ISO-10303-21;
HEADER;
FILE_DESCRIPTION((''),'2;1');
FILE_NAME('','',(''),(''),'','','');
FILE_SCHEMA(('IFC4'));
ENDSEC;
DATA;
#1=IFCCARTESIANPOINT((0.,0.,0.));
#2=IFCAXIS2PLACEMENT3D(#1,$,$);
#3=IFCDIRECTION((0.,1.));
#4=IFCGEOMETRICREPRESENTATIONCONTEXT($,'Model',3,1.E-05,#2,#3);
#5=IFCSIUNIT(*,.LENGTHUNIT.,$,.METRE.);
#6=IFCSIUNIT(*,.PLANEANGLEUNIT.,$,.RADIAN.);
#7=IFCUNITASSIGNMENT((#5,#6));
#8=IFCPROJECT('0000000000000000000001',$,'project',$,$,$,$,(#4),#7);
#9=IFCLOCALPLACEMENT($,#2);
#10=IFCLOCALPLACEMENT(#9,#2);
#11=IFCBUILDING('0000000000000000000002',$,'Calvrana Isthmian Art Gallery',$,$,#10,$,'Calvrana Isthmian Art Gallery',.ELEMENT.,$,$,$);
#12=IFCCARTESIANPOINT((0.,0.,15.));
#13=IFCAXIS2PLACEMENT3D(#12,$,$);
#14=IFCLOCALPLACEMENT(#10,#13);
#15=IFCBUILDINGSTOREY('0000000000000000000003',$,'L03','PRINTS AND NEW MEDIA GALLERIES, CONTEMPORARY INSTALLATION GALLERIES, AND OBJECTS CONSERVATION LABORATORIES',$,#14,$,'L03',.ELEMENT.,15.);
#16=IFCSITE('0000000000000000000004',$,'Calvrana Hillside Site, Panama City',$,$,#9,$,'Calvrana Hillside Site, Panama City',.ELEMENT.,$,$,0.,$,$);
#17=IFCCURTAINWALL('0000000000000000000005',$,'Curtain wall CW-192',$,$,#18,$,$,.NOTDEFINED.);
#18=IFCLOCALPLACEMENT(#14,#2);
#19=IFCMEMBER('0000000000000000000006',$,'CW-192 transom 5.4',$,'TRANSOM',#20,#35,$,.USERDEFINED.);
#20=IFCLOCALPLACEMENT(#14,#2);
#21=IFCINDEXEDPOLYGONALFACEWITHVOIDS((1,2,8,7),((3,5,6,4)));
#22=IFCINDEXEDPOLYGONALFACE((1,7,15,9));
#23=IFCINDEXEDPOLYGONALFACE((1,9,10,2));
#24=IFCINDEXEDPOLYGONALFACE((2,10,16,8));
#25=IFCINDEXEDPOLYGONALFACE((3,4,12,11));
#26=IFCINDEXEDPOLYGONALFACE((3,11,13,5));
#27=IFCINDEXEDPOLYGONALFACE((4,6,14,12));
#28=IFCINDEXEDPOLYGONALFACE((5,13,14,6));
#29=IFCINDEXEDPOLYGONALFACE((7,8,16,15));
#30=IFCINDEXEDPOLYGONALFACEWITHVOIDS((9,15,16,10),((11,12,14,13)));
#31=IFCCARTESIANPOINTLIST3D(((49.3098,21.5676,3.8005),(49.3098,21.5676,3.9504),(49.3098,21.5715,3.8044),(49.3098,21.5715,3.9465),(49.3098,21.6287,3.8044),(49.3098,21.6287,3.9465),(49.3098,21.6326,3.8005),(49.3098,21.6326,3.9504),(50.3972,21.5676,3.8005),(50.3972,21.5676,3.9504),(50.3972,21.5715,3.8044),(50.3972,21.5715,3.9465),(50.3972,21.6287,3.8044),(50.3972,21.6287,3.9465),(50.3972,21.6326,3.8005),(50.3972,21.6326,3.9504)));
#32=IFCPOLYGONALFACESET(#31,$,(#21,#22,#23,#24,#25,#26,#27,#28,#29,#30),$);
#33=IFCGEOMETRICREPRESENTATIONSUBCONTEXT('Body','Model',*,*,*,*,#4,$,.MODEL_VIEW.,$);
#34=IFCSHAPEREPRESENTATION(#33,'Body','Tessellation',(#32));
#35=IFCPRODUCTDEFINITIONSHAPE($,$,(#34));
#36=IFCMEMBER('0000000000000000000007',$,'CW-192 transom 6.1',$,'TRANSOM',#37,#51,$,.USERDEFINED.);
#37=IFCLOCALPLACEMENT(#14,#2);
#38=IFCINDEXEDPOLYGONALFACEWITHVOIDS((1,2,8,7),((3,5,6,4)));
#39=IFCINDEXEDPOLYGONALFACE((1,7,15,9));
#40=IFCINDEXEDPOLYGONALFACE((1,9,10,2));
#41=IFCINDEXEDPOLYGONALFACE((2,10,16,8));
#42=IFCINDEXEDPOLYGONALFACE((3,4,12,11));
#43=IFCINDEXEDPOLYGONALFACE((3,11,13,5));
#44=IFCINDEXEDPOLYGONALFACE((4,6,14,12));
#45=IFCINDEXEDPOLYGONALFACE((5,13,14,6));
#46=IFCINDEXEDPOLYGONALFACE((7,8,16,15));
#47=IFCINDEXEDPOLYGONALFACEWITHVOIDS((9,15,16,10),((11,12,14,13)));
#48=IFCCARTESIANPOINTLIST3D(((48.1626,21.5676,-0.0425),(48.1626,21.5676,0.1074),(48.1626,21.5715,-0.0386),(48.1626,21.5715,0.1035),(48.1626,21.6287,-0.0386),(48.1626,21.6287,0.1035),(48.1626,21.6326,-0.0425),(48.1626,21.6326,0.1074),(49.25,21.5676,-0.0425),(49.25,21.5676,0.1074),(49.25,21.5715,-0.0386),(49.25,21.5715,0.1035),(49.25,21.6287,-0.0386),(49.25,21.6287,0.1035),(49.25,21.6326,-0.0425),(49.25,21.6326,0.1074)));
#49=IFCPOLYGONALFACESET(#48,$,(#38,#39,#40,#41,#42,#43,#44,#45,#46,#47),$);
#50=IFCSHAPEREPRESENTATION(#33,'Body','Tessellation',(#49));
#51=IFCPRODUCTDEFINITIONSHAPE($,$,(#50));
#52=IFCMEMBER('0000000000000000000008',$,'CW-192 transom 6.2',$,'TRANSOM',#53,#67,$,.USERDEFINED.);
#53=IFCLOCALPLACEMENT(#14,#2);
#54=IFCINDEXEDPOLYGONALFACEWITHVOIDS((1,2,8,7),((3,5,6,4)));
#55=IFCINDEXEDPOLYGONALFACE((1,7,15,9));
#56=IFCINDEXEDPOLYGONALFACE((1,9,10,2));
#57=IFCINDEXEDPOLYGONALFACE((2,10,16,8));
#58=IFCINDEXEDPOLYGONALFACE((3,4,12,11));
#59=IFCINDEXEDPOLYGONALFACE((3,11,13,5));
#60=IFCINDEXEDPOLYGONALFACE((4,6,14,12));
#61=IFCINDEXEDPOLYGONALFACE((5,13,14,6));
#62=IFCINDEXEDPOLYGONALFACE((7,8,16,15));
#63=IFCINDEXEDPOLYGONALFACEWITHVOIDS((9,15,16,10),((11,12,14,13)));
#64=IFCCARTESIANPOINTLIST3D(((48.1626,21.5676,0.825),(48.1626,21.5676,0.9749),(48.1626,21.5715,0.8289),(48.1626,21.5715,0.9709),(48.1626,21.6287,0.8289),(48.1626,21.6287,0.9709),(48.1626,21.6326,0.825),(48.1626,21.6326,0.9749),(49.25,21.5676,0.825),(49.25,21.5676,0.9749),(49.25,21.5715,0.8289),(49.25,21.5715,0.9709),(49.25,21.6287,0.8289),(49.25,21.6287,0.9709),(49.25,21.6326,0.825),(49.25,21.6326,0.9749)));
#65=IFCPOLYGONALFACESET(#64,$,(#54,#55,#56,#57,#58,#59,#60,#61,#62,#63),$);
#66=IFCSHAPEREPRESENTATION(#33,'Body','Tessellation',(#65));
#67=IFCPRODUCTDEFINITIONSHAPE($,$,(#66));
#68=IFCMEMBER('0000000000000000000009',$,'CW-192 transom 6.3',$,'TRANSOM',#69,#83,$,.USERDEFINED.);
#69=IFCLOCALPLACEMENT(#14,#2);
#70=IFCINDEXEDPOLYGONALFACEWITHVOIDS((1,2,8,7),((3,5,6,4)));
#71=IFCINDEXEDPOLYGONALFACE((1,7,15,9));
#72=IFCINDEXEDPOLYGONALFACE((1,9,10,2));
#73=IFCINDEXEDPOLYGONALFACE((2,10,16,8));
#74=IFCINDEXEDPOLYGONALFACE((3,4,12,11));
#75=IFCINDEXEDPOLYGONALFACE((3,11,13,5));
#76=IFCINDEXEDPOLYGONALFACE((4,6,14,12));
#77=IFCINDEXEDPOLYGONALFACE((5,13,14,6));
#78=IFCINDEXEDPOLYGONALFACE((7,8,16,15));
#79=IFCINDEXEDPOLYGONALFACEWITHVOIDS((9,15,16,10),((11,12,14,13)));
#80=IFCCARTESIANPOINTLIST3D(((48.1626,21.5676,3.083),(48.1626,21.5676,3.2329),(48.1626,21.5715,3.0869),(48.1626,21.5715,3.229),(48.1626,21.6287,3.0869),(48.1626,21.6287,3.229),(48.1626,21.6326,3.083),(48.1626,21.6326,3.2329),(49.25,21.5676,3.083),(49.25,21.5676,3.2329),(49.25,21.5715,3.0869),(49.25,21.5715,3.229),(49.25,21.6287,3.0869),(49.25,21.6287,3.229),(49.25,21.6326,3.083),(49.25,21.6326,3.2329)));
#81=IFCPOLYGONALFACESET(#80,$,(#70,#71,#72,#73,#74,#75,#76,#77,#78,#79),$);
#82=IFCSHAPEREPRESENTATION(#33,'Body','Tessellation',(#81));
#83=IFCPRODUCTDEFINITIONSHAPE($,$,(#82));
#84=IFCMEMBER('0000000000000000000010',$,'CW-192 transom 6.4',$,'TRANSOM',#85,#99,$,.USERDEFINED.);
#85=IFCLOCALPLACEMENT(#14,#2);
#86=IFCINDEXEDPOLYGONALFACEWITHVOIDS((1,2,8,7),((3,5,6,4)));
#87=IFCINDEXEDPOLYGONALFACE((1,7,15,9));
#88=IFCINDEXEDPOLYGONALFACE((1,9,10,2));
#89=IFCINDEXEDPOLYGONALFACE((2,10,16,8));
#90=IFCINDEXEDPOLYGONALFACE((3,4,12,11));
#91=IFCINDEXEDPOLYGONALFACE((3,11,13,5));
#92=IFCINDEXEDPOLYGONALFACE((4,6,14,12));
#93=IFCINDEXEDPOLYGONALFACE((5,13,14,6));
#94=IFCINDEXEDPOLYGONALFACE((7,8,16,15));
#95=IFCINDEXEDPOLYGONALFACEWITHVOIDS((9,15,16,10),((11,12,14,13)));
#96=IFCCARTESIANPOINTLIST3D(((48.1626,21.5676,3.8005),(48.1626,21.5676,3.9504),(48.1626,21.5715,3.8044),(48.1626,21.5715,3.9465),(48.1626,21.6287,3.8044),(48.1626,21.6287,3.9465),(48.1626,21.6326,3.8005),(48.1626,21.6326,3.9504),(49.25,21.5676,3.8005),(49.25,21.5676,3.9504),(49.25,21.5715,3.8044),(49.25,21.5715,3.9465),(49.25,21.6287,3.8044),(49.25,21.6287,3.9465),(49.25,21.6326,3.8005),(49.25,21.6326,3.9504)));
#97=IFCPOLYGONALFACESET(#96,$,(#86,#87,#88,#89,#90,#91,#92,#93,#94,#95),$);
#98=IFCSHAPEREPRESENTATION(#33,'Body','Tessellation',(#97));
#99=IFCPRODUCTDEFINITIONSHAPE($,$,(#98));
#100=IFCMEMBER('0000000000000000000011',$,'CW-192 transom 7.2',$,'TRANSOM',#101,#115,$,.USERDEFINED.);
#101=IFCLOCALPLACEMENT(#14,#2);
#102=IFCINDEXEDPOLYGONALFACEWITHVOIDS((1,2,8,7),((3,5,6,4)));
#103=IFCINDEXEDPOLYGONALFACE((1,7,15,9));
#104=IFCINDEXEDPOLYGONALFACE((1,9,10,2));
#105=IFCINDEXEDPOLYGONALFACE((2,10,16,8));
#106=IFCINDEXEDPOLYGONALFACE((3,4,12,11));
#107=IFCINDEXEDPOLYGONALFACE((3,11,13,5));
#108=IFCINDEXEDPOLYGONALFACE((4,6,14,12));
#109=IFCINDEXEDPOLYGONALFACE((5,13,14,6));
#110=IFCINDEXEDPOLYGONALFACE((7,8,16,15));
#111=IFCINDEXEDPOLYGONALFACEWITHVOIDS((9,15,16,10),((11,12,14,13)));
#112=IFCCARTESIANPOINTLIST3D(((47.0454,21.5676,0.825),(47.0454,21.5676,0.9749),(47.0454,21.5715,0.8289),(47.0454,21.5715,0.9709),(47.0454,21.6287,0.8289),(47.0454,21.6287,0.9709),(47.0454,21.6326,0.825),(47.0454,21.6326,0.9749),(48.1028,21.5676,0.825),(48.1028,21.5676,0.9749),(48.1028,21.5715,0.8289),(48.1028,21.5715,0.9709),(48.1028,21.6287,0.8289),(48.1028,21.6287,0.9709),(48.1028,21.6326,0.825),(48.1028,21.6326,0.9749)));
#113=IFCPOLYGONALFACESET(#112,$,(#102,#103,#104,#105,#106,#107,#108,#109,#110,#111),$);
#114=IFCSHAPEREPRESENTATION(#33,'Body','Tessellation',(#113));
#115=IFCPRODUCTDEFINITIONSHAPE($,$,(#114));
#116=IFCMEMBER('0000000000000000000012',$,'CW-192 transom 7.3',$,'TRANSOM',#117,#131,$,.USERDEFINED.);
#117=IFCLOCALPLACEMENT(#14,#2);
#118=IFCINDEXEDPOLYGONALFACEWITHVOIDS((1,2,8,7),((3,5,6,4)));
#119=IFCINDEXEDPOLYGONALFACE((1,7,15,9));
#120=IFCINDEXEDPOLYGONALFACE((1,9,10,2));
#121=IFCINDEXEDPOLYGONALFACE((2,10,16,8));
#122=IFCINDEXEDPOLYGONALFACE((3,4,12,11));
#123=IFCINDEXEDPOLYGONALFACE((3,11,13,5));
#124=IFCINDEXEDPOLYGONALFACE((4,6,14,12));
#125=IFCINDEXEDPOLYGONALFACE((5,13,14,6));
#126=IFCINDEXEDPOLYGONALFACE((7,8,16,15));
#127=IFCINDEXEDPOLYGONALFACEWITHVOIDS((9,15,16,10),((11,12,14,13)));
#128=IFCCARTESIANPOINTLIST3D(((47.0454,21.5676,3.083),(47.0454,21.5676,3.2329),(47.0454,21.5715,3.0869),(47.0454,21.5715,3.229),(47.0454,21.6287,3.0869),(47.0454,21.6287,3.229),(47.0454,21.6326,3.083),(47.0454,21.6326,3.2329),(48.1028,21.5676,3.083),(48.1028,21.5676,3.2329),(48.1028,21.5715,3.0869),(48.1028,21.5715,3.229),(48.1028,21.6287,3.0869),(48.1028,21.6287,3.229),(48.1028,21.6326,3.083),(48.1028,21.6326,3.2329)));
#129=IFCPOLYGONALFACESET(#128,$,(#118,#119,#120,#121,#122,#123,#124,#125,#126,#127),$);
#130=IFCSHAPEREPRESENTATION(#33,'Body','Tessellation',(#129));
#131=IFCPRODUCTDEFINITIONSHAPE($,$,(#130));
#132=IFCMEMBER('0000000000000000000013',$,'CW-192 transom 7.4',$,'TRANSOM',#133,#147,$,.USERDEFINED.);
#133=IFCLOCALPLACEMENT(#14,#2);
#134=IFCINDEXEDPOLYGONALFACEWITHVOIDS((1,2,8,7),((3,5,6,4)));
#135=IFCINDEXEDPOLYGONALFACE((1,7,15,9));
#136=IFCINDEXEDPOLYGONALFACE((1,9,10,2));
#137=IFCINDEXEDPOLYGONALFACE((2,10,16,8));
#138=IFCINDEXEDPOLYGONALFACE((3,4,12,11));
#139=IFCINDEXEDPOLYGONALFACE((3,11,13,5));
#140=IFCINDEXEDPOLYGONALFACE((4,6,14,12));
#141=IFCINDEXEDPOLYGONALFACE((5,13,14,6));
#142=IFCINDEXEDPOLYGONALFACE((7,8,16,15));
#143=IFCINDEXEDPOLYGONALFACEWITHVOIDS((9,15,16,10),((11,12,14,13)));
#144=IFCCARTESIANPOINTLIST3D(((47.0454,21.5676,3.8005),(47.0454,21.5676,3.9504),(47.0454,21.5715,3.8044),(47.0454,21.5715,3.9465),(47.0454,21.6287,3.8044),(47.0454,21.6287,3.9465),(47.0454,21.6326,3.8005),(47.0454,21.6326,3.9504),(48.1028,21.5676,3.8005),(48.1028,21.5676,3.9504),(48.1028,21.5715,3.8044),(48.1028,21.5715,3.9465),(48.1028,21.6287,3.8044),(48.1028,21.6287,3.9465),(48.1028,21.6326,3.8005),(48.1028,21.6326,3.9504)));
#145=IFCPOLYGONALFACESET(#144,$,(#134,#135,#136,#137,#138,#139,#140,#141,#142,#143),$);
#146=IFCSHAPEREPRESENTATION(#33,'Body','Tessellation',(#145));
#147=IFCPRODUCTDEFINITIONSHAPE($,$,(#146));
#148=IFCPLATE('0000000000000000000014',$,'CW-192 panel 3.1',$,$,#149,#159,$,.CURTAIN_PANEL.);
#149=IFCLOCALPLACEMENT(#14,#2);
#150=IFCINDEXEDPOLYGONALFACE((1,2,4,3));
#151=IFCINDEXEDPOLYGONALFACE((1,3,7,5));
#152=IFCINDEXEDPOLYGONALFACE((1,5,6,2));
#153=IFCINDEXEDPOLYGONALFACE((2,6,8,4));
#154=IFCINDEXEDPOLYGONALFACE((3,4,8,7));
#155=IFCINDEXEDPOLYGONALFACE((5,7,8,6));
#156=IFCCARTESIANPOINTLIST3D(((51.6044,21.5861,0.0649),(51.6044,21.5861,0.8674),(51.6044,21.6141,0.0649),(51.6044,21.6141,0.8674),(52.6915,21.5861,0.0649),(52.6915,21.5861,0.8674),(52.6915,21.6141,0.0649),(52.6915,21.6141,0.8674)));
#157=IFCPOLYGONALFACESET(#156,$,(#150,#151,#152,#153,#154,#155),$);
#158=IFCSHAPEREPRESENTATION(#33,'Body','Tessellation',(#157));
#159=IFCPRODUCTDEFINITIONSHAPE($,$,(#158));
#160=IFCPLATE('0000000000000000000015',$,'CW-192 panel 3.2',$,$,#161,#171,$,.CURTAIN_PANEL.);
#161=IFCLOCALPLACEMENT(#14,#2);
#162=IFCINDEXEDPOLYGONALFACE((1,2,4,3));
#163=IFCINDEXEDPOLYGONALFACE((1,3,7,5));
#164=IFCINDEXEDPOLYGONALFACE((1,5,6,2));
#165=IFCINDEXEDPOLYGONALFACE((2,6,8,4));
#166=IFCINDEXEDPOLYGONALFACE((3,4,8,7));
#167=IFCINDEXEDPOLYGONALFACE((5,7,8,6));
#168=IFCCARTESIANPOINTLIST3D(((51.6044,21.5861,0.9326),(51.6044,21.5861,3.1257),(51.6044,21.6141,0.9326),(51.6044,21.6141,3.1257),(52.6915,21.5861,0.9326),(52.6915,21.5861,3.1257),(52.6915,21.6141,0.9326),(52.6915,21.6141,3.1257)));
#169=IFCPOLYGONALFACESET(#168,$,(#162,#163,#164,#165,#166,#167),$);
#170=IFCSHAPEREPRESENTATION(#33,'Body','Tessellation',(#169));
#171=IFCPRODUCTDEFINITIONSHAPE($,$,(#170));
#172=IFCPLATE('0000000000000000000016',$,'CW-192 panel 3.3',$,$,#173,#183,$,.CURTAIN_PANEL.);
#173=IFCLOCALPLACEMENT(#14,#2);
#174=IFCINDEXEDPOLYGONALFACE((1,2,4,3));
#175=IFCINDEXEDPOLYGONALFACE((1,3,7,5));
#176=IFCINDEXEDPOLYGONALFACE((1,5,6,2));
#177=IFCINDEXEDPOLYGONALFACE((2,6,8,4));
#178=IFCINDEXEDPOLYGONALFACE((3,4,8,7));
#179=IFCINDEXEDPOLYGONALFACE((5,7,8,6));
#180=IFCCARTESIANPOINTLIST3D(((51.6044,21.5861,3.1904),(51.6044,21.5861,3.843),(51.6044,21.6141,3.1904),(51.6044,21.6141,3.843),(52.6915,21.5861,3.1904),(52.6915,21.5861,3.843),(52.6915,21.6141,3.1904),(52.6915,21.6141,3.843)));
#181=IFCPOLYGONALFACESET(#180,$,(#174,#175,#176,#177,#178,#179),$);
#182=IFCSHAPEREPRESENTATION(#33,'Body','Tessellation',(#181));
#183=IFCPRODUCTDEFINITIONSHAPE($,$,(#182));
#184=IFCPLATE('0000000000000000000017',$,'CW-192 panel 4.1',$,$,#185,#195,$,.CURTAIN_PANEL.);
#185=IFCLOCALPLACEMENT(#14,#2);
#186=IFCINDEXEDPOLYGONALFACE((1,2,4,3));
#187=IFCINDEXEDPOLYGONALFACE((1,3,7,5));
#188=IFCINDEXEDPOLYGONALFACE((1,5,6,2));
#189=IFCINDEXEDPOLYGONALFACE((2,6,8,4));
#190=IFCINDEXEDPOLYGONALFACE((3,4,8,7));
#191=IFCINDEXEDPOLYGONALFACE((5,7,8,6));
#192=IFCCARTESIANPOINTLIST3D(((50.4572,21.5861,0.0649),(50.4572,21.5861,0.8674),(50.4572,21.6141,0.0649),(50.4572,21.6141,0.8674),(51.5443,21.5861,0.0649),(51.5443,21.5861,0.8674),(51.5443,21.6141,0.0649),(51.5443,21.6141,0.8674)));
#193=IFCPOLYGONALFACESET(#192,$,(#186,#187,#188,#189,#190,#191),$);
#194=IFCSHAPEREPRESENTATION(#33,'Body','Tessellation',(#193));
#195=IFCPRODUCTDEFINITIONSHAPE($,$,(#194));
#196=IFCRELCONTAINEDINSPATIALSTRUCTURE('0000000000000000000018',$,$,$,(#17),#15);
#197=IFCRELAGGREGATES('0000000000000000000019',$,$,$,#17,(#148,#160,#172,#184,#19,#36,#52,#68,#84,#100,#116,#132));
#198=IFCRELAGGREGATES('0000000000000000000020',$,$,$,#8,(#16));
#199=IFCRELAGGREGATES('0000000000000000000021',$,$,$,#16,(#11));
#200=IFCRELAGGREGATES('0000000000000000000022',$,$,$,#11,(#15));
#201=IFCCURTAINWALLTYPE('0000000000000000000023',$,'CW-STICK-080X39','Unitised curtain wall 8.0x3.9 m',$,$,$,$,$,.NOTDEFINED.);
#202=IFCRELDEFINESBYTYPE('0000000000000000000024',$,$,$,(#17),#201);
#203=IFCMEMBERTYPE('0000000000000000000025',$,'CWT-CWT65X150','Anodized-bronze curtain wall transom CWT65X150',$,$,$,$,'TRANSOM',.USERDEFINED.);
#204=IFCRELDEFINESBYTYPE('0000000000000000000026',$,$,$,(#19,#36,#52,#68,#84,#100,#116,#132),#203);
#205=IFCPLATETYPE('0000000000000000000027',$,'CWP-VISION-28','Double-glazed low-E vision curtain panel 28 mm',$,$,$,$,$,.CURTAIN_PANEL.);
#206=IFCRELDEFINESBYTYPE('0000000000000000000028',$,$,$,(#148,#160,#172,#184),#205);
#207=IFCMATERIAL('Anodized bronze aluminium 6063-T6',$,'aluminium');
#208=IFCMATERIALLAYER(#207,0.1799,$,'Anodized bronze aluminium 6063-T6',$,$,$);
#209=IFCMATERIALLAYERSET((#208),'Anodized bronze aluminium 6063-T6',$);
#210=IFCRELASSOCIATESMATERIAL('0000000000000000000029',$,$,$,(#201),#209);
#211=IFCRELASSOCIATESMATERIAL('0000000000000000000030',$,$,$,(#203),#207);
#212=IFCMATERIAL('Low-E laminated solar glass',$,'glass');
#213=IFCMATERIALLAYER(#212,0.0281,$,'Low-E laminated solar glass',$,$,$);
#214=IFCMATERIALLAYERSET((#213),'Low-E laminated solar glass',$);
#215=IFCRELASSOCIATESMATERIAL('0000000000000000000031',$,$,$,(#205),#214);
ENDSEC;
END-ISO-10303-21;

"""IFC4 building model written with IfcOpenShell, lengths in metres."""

from ifc_helpers import new_model, si_unit, direction, frame, origin, origin_2d, place, context, subcontext, project, spatial, rectangle, hollow_rectangle, extrude, material, layer, layer_set, material_profile, profile_set, type_object, element, aggregate, save


model = new_model("IFC4")

# Units and contexts
model_context = context("Model", 3, precision=1e-05, world=origin(), true_north=direction((0.0, 1.0)))
body_context = subcontext(model_context, "Body", "Model", "MODEL_VIEW")
ifc_project = project(units=[si_unit("LENGTHUNIT", "METRE"), si_unit("PLANEANGLEUNIT", "RADIAN")], contexts=[model_context])

# Site, building, storey
site_placement = place(None, origin())
site = spatial("IfcSite", under=ifc_project, at=site_placement, Name="Calvrana Hillside Site, Panama City", LongName="Calvrana Hillside Site, Panama City", CompositionType="ELEMENT", RefElevation=0.0)
building_placement = place(site_placement, origin())
building = spatial("IfcBuilding", under=site, at=building_placement, Name="Calvrana Isthmian Art Gallery", LongName="Calvrana Isthmian Art Gallery", CompositionType="ELEMENT")
storey_placement = place(building_placement, frame((0.0, 0.0, 15.0)))
storey = spatial("IfcBuildingStorey", under=building, at=storey_placement, Name="L03", Description="PRINTS AND NEW MEDIA GALLERIES, CONTEMPORARY INSTALLATION GALLERIES, AND OBJECTS CONSERVATION LABORATORIES", LongName="L03", CompositionType="ELEMENT", Elevation=15.0)

# Curtain wall, members, plates
ifc_material_1 = material(Name="Anodized bronze aluminium 6063-T6", Category="aluminium")
ifc_layer_1 = layer(ifc_material_1, 0.1799, Name="Anodized bronze aluminium 6063-T6")
ifc_layer_set_1 = layer_set([ifc_layer_1], Name="Anodized bronze aluminium 6063-T6")
curtain_wall_type = type_object("IfcCurtainWallType", Name="CW-STICK-080X39", Description="Unitised curtain wall 8.0x3.9 m", PredefinedType="NOTDEFINED", material=ifc_layer_set_1)
curtain_wall_placement = place(storey_placement, origin())
curtain_wall = element("IfcCurtainWall", 1, at=curtain_wall_placement, inside=storey, type_object=curtain_wall_type, Name="Curtain wall CW-192", PredefinedType="NOTDEFINED")
ifc_material_profile_1 = material_profile(ifc_material_1, hollow_rectangle(XDim=0.0649, YDim=0.1499, WallThickness=0.0039, at=origin_2d()), Name="CWT65X150")
ifc_profile_set_1 = profile_set([ifc_material_profile_1], Name="Anodized bronze aluminium 6063-T6")
member_type_1 = type_object("IfcMemberType", Name="CWT-CWT65X150", Description="Anodized-bronze curtain wall transom CWT65X150", ElementType="TRANSOM", PredefinedType="USERDEFINED", material=ifc_profile_set_1)
member_1_placement = place(storey_placement, frame((50.3972, 21.6001, 3.8755), z_axis=(-1.0, 0.0, 0.0), x_axis=(0.0, -1.0, 0.0)))
member_1 = element("IfcMember", 2, at=member_1_placement, type_object=member_type_1, Name="CW-192 transom 5.4", ObjectType="TRANSOM", PredefinedType="USERDEFINED", context=body_context, shape_type="SweptSolid", body=[
    extrude(hollow_rectangle(XDim=0.0649, YDim=0.1499, WallThickness=0.0039, at=origin_2d()), origin(), (0.0, 0.0, 1.0), 1.0874),
])
member_2_placement = place(storey_placement, frame((49.25, 21.6001, 0.0325), z_axis=(-1.0, 0.0, 0.0), x_axis=(0.0, -1.0, 0.0)))
member_2 = element("IfcMember", 3, at=member_2_placement, type_object=member_type_1, Name="CW-192 transom 6.1", ObjectType="TRANSOM", PredefinedType="USERDEFINED", context=body_context, shape_type="SweptSolid", body=[
    extrude(hollow_rectangle(XDim=0.0649, YDim=0.1499, WallThickness=0.0039, at=origin_2d()), origin(), (0.0, 0.0, 1.0), 1.0874),
])
member_3_placement = place(storey_placement, frame((49.25, 21.6001, 0.8999), z_axis=(-1.0, 0.0, 0.0), x_axis=(0.0, -1.0, 0.0)))
member_3 = element("IfcMember", 4, at=member_3_placement, type_object=member_type_1, Name="CW-192 transom 6.2", ObjectType="TRANSOM", PredefinedType="USERDEFINED", context=body_context, shape_type="SweptSolid", body=[
    extrude(hollow_rectangle(XDim=0.0649, YDim=0.1499, WallThickness=0.0039, at=origin_2d()), origin(), (0.0, 0.0, 1.0), 1.0874),
])
member_4_placement = place(storey_placement, frame((49.25, 21.6001, 3.158), z_axis=(-1.0, 0.0, 0.0), x_axis=(0.0, -1.0, 0.0)))
member_4 = element("IfcMember", 5, at=member_4_placement, type_object=member_type_1, Name="CW-192 transom 6.3", ObjectType="TRANSOM", PredefinedType="USERDEFINED", context=body_context, shape_type="SweptSolid", body=[
    extrude(hollow_rectangle(XDim=0.0649, YDim=0.1499, WallThickness=0.0039, at=origin_2d()), origin(), (0.0, 0.0, 1.0), 1.0874),
])
member_5_placement = place(storey_placement, frame((49.25, 21.6001, 3.8755), z_axis=(-1.0, 0.0, 0.0), x_axis=(0.0, -1.0, 0.0)))
member_5 = element("IfcMember", 6, at=member_5_placement, type_object=member_type_1, Name="CW-192 transom 6.4", ObjectType="TRANSOM", PredefinedType="USERDEFINED", context=body_context, shape_type="SweptSolid", body=[
    extrude(hollow_rectangle(XDim=0.0649, YDim=0.1499, WallThickness=0.0039, at=origin_2d()), origin(), (0.0, 0.0, 1.0), 1.0874),
])
member_6_placement = place(storey_placement, frame((48.1028, 21.6001, 0.8999), z_axis=(-1.0, 0.0, 0.0), x_axis=(0.0, -1.0, 0.0)))
member_6 = element("IfcMember", 7, at=member_6_placement, type_object=member_type_1, Name="CW-192 transom 7.2", ObjectType="TRANSOM", PredefinedType="USERDEFINED", context=body_context, shape_type="SweptSolid", body=[
    extrude(hollow_rectangle(XDim=0.0649, YDim=0.1499, WallThickness=0.0039, at=origin_2d()), origin(), (0.0, 0.0, 1.0), 1.0574),
])
member_7_placement = place(storey_placement, frame((48.1028, 21.6001, 3.158), z_axis=(-1.0, 0.0, 0.0), x_axis=(0.0, -1.0, 0.0)))
member_7 = element("IfcMember", 8, at=member_7_placement, type_object=member_type_1, Name="CW-192 transom 7.3", ObjectType="TRANSOM", PredefinedType="USERDEFINED", context=body_context, shape_type="SweptSolid", body=[
    extrude(hollow_rectangle(XDim=0.0649, YDim=0.1499, WallThickness=0.0039, at=origin_2d()), origin(), (0.0, 0.0, 1.0), 1.0574),
])
member_8_placement = place(storey_placement, frame((48.1028, 21.6001, 3.8755), z_axis=(-1.0, 0.0, 0.0), x_axis=(0.0, -1.0, 0.0)))
member_8 = element("IfcMember", 9, at=member_8_placement, type_object=member_type_1, Name="CW-192 transom 7.4", ObjectType="TRANSOM", PredefinedType="USERDEFINED", context=body_context, shape_type="SweptSolid", body=[
    extrude(hollow_rectangle(XDim=0.0649, YDim=0.1499, WallThickness=0.0039, at=origin_2d()), origin(), (0.0, 0.0, 1.0), 1.0574),
])
ifc_material_2 = material(Name="Low-E laminated solar glass", Category="glass")
ifc_layer_2 = layer(ifc_material_2, 0.0281, Name="Low-E laminated solar glass")
ifc_layer_set_2 = layer_set([ifc_layer_2], Name="Low-E laminated solar glass")
plate_type = type_object("IfcPlateType", Name="CWP-VISION-28", Description="Double-glazed low-E vision curtain panel 28 mm", PredefinedType="CURTAIN_PANEL", material=ifc_layer_set_2)
plate_1_placement = place(storey_placement, frame((52.1479, 21.6001, 0.0649), z_axis=(0.0, 0.0, 1.0), x_axis=(-1.0, 0.0, 0.0)))
plate_1 = element("IfcPlate", 10, at=plate_1_placement, type_object=plate_type, Name="CW-192 panel 3.1", PredefinedType="CURTAIN_PANEL", context=body_context, shape_type="SweptSolid", body=[
    extrude(rectangle(XDim=1.0872, YDim=0.0281, at=origin_2d()), origin(), (0.0, 0.0, 1.0), 0.8025),
])
plate_2_placement = place(storey_placement, frame((52.1479, 21.6001, 0.9326), z_axis=(0.0, 0.0, 1.0), x_axis=(-1.0, 0.0, 0.0)))
plate_2 = element("IfcPlate", 11, at=plate_2_placement, type_object=plate_type, Name="CW-192 panel 3.2", PredefinedType="CURTAIN_PANEL", context=body_context, shape_type="SweptSolid", body=[
    extrude(rectangle(XDim=1.0872, YDim=0.0281, at=origin_2d()), origin(), (0.0, 0.0, 1.0), 2.1931),
])
plate_3_placement = place(storey_placement, frame((52.1479, 21.6001, 3.1904), z_axis=(0.0, 0.0, 1.0), x_axis=(-1.0, 0.0, 0.0)))
plate_3 = element("IfcPlate", 12, at=plate_3_placement, type_object=plate_type, Name="CW-192 panel 3.3", PredefinedType="CURTAIN_PANEL", context=body_context, shape_type="SweptSolid", body=[
    extrude(rectangle(XDim=1.0872, YDim=0.0281, at=origin_2d()), origin(), (0.0, 0.0, 1.0), 0.6526),
])
plate_4_placement = place(storey_placement, frame((51.0007, 21.6001, 0.0649), z_axis=(0.0, 0.0, 1.0), x_axis=(-1.0, 0.0, 0.0)))
plate_4 = element("IfcPlate", 13, at=plate_4_placement, type_object=plate_type, Name="CW-192 panel 4.1", PredefinedType="CURTAIN_PANEL", context=body_context, shape_type="SweptSolid", body=[
    extrude(rectangle(XDim=1.0872, YDim=0.0281, at=origin_2d()), origin(), (0.0, 0.0, 1.0), 0.8025),
])
aggregate(curtain_wall, [plate_1, plate_2, plate_3, plate_4, member_1, member_2, member_3, member_4, member_5, member_6, member_7, member_8])

save(model, "model.ifc")
